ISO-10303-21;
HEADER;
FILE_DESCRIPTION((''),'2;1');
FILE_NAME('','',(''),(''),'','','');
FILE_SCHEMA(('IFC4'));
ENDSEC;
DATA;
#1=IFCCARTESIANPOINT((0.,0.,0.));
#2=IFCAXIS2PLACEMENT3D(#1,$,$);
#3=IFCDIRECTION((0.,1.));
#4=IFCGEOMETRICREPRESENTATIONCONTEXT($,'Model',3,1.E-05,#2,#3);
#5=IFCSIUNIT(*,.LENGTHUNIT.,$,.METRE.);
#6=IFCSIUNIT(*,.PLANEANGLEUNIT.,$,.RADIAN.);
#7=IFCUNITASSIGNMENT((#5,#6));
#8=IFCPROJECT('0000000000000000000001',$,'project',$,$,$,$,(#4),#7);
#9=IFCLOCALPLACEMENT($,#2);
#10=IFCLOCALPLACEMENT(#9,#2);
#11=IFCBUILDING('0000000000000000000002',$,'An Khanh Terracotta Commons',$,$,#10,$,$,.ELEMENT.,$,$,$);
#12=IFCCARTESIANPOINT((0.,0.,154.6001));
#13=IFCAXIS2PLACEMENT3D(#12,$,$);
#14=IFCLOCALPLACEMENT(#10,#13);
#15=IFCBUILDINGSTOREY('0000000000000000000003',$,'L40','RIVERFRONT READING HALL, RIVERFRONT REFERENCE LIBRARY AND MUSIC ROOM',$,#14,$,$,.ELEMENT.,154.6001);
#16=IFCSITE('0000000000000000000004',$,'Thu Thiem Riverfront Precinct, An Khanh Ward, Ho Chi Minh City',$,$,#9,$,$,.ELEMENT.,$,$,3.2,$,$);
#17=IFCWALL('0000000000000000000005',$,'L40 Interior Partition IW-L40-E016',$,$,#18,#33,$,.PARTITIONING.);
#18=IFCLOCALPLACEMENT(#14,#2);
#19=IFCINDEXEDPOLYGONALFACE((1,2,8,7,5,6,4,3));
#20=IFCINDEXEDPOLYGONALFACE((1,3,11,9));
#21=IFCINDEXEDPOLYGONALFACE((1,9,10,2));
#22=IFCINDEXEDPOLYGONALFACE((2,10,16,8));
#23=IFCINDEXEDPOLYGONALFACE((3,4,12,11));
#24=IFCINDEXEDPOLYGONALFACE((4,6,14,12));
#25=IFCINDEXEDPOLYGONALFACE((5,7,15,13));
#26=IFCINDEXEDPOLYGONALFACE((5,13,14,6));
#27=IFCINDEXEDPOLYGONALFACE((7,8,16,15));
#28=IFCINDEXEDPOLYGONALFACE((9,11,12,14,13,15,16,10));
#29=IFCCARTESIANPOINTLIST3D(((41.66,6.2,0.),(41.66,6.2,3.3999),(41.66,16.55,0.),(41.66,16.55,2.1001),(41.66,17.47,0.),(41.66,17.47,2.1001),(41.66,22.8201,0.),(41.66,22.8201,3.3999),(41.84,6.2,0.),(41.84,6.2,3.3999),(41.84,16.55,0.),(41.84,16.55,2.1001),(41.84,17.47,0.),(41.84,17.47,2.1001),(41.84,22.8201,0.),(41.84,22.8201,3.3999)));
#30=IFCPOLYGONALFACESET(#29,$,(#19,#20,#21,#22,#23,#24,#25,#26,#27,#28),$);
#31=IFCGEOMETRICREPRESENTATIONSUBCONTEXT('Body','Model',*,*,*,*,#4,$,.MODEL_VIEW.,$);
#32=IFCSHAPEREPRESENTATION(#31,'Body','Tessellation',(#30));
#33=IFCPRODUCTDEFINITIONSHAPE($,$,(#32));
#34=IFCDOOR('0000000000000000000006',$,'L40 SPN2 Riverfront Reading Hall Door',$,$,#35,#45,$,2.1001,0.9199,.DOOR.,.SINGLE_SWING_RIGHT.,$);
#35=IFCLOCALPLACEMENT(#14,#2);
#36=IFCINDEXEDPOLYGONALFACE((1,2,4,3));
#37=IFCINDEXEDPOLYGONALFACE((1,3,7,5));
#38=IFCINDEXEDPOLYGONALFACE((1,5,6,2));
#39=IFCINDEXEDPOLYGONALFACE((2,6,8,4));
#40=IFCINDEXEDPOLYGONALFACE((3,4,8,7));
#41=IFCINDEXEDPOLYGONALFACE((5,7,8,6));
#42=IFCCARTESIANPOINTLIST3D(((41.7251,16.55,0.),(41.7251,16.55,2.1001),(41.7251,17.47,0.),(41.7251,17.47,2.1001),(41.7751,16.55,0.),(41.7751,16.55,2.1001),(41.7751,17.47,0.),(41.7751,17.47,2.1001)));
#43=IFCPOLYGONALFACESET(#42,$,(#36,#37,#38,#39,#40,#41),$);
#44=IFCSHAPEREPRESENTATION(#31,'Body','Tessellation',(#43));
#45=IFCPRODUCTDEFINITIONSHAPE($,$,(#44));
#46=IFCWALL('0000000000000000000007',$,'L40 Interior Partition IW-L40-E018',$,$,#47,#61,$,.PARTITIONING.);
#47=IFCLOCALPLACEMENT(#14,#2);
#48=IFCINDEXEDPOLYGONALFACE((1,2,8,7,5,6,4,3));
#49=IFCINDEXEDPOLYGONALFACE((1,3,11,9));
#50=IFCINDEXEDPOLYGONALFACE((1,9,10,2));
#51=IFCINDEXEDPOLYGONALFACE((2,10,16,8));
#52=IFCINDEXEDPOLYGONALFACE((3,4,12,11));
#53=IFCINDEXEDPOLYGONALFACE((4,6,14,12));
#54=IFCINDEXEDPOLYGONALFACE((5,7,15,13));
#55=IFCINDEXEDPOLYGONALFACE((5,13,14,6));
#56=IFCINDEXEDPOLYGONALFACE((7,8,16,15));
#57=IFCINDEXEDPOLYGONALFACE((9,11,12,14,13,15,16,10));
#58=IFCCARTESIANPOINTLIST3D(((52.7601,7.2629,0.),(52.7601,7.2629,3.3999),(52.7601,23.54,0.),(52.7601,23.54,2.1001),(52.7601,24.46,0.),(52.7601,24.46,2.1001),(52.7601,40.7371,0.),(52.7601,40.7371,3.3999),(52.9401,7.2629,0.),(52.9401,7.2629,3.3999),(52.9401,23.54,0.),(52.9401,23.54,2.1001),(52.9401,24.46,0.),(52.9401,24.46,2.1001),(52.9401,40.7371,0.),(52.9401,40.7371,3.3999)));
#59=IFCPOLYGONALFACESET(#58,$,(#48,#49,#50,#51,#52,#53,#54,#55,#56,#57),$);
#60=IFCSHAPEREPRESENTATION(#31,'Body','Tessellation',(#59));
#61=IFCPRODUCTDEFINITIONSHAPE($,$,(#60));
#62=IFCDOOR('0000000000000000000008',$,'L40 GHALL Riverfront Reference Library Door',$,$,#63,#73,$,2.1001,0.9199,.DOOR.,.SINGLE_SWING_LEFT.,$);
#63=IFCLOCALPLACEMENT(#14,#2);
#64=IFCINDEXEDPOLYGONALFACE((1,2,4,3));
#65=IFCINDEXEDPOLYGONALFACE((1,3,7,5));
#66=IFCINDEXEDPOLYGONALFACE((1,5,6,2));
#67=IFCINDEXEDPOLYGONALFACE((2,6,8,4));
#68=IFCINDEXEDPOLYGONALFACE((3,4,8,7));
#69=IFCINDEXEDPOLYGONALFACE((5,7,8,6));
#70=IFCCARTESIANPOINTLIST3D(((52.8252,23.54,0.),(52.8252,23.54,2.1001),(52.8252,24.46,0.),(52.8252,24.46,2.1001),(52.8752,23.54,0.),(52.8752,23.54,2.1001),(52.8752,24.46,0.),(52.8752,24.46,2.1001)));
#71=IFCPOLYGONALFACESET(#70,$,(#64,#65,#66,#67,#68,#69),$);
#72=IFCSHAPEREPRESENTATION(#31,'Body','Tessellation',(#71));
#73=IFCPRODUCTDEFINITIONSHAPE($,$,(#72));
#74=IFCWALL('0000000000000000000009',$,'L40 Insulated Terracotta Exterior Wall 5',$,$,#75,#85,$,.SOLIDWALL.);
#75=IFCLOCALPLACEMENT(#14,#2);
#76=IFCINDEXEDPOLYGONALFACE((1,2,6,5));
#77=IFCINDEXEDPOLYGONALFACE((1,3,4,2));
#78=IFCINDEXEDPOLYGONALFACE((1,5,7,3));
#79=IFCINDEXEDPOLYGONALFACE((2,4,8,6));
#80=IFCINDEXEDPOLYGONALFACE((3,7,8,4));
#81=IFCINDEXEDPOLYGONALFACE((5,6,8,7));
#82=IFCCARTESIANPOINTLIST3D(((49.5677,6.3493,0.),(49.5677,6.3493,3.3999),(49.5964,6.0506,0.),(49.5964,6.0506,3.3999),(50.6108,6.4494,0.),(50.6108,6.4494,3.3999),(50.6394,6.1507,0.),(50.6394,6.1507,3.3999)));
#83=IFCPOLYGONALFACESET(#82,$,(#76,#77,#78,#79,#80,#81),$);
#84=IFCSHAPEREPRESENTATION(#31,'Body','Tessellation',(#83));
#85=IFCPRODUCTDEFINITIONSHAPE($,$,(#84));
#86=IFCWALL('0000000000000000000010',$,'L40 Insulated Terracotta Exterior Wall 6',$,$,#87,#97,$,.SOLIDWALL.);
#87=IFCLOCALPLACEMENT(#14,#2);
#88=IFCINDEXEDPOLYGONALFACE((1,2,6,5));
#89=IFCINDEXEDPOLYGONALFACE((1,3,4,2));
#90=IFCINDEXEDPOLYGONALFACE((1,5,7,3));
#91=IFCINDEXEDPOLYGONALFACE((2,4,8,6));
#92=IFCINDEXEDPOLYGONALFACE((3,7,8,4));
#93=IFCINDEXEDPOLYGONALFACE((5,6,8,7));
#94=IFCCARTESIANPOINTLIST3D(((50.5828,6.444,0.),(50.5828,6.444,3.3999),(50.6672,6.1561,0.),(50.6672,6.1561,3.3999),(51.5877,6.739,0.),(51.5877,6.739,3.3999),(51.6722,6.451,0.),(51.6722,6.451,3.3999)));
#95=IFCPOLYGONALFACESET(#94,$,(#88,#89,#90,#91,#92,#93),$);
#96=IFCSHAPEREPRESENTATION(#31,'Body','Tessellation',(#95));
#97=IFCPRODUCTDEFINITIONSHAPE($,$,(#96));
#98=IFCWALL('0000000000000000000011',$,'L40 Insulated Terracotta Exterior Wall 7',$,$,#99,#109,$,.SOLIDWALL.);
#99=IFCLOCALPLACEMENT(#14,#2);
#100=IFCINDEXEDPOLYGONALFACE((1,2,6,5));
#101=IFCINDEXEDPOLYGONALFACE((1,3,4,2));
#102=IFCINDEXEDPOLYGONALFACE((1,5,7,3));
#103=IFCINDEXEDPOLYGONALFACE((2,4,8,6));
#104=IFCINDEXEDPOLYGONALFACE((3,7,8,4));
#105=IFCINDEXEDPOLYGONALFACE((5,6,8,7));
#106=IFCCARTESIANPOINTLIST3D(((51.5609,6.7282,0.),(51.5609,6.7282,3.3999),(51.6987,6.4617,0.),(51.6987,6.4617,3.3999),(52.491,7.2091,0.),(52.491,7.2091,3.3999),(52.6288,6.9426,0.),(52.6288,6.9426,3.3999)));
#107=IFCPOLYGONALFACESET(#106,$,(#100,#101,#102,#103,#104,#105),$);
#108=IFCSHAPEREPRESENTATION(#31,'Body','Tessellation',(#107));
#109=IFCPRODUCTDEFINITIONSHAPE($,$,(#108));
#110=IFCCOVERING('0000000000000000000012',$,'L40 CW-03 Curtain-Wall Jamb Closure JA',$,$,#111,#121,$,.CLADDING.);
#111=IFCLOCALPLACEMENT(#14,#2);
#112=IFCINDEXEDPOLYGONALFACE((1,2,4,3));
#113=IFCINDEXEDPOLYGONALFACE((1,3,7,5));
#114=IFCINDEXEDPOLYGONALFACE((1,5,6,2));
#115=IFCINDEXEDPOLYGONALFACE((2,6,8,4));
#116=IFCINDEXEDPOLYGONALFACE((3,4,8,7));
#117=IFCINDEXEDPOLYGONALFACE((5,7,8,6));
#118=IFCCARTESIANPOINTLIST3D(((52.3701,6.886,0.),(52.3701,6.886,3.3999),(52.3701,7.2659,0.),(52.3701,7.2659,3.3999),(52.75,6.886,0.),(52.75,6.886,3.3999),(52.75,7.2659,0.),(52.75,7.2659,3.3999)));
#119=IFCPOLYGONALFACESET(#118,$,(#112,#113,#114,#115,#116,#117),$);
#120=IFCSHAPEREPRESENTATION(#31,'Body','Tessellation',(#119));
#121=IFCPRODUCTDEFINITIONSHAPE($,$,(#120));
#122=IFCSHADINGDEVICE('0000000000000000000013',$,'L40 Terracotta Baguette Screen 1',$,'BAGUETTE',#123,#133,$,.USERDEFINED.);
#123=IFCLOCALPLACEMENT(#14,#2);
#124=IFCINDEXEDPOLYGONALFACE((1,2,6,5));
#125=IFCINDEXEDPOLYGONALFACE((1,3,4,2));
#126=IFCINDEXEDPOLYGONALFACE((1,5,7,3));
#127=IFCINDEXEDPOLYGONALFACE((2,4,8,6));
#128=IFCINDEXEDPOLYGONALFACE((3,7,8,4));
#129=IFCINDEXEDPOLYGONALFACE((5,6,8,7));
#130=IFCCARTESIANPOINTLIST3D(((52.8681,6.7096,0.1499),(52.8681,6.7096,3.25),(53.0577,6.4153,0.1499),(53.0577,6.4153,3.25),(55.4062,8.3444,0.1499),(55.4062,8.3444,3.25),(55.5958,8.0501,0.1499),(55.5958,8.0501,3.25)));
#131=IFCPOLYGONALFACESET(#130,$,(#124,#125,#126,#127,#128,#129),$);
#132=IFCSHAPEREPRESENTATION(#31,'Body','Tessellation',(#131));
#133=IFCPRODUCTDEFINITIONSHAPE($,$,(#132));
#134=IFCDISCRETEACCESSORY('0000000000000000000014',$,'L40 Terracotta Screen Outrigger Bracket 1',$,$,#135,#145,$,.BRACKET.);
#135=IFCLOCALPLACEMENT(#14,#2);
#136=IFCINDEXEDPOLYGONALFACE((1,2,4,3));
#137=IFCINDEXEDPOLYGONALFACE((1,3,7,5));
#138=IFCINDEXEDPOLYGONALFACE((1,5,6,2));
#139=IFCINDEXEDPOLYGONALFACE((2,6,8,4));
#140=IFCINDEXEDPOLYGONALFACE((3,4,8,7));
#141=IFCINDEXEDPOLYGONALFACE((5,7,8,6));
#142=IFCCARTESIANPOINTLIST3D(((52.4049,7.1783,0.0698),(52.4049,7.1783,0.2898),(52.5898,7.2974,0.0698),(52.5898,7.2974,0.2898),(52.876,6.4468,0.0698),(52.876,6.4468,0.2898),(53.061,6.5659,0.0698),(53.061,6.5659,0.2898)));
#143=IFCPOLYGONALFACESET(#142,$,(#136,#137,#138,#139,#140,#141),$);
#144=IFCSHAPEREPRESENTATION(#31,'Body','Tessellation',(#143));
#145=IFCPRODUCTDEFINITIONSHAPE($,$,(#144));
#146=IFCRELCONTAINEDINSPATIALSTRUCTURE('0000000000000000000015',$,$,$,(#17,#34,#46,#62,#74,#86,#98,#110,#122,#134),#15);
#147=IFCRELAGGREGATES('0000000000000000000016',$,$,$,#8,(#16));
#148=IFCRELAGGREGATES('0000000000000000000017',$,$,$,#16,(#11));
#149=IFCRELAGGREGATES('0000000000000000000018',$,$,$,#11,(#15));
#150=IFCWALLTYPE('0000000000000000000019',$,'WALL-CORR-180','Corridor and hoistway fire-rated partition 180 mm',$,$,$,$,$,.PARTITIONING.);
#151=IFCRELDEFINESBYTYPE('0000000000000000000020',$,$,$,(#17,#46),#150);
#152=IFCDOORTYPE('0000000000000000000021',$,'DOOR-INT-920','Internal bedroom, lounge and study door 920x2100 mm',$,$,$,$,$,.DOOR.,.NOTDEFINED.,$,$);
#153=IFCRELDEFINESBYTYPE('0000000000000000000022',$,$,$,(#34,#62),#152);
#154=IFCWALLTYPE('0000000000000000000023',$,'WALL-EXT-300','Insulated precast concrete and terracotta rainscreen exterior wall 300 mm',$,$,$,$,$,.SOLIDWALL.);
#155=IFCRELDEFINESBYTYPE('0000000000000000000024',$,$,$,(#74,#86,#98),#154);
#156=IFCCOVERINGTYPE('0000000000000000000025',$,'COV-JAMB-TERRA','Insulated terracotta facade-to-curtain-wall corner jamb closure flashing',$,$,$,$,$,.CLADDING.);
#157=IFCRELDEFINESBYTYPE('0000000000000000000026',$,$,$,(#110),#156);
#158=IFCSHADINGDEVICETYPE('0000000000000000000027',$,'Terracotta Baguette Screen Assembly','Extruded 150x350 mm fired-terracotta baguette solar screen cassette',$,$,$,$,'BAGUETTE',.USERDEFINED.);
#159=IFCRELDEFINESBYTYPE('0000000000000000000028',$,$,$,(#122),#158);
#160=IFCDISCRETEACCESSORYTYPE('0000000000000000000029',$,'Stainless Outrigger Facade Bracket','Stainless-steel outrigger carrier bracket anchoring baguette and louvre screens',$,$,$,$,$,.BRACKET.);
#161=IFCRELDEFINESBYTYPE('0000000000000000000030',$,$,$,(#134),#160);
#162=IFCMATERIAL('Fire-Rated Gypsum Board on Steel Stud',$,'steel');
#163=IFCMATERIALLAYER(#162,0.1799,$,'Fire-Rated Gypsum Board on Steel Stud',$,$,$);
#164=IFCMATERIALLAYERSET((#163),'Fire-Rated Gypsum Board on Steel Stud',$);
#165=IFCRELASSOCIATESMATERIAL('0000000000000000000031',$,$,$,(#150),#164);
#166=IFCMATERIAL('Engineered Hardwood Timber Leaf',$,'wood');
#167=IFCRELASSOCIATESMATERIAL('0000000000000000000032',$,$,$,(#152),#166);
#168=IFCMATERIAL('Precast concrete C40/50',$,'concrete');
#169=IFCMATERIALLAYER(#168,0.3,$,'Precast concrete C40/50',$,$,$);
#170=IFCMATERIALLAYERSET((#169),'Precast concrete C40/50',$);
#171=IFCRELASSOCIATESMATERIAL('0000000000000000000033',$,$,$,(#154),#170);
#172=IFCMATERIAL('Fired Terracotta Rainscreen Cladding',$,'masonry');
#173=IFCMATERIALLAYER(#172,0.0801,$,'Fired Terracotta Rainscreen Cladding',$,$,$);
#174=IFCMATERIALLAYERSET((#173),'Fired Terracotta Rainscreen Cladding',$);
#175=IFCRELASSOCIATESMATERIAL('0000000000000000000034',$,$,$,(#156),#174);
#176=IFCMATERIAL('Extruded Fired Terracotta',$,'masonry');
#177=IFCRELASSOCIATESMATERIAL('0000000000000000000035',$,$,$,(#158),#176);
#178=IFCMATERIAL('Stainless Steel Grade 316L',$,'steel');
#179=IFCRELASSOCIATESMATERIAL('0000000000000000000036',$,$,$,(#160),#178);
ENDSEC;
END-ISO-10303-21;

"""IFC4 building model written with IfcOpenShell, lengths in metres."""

from ifc_helpers import new_model, si_unit, direction, frame, frame_2d, origin, origin_2d, place, context, subcontext, project, spatial, rectangle, extrude, material, layer, layer_set, type_object, element, fill, save


model = new_model("IFC4")

# Units and contexts
model_context = context("Model", 3, precision=1e-05, world=origin(), true_north=direction((0.0, 1.0)))
body_context = subcontext(model_context, "Body", "Model", "MODEL_VIEW")
ifc_project = project(units=[si_unit("LENGTHUNIT", "METRE"), si_unit("PLANEANGLEUNIT", "RADIAN")], contexts=[model_context])

# Site, building, storey
site_placement = place(None, origin())
site = spatial("IfcSite", under=ifc_project, at=site_placement, Name="Thu Thiem Riverfront Precinct, An Khanh Ward, Ho Chi Minh City", CompositionType="ELEMENT", RefElevation=3.2)
building_placement = place(site_placement, origin())
building = spatial("IfcBuilding", under=site, at=building_placement, Name="An Khanh Terracotta Commons", CompositionType="ELEMENT")
storey_placement = place(building_placement, frame((0.0, 0.0, 154.6001)))
storey = spatial("IfcBuildingStorey", under=building, at=storey_placement, Name="L40", Description="RIVERFRONT READING HALL, RIVERFRONT REFERENCE LIBRARY AND MUSIC ROOM", CompositionType="ELEMENT", Elevation=154.6001)

# Shared definitions
ifc_material_1 = material(Name="Fire-Rated Gypsum Board on Steel Stud", Category="steel")
ifc_layer_1 = layer(ifc_material_1, 0.1799, Name="Fire-Rated Gypsum Board on Steel Stud")
ifc_layer_set_1 = layer_set([ifc_layer_1], Name="Fire-Rated Gypsum Board on Steel Stud")
wall_type_1 = type_object("IfcWallType", Name="WALL-CORR-180", Description="Corridor and hoistway fire-rated partition 180 mm", PredefinedType="PARTITIONING", material=ifc_layer_set_1)

# Walls, openings, doors
wall_1_placement = place(storey_placement, frame((41.75, 6.2, 0.0), z_axis=(0.0, 0.0, 1.0), x_axis=(0.0, 1.0, 0.0)))
wall_1 = element("IfcWall", 1, at=wall_1_placement, inside=storey, type_object=wall_type_1, Name="L40 Interior Partition IW-L40-E016", PredefinedType="PARTITIONING", context=body_context, shape_type="SweptSolid", body=[
    extrude(rectangle(XDim=16.6201, YDim=0.1799, at=frame_2d((8.3101, 0.0))), origin(), (0.0, 0.0, 1.0), 3.3999),
])
opening_1_placement = place(wall_1_placement, frame((10.3501, 0.0, 0.0)))
opening_1 = element("IfcOpeningElement", 2, at=opening_1_placement, cuts=wall_1, PredefinedType="OPENING", context=body_context, shape_type="SweptSolid", body=[
    extrude(rectangle(XDim=0.9199, YDim=2.1001, at=frame_2d((0.46, 1.05))), frame((0.0, 0.0999, 0.0), z_axis=(0.0, -1.0, 0.0), x_axis=(1.0, 0.0, 0.0)), (0.0, 0.0, 1.0), 0.2),
])
ifc_material_2 = material(Name="Engineered Hardwood Timber Leaf", Category="wood")
door_type_1 = type_object("IfcDoorType", Name="DOOR-INT-920", Description="Internal bedroom, lounge and study door 920x2100 mm", OperationType="NOTDEFINED", PredefinedType="DOOR", material=ifc_material_2)
door_1_placement = place(opening_1_placement, origin())
door_1 = element("IfcDoor", 3, at=door_1_placement, inside=storey, type_object=door_type_1, Name="L40 SPN2 Riverfront Reading Hall Door", OperationType="SINGLE_SWING_RIGHT", OverallHeight=2.1001, OverallWidth=0.9199, PredefinedType="DOOR", context=body_context, shape_type="SweptSolid", body=[
    extrude(rectangle(XDim=0.9199, YDim=2.1001, at=frame_2d((0.46, 1.05))), frame((0.0, 0.0249, 0.0), z_axis=(0.0, -1.0, 0.0), x_axis=(1.0, 0.0, 0.0)), (0.0, 0.0, 1.0), 0.05),
])
fill(opening_1, door_1)
wall_2_placement = place(storey_placement, frame((52.8501, 7.2629, 0.0), z_axis=(0.0, 0.0, 1.0), x_axis=(0.0, 1.0, 0.0)))
wall_2 = element("IfcWall", 4, at=wall_2_placement, inside=storey, type_object=wall_type_1, Name="L40 Interior Partition IW-L40-E018", PredefinedType="PARTITIONING", context=body_context, shape_type="SweptSolid", body=[
    extrude(rectangle(XDim=33.4741, YDim=0.1799, at=frame_2d((16.7371, 0.0))), origin(), (0.0, 0.0, 1.0), 3.3999),
])
opening_2_placement = place(wall_2_placement, frame((16.2771, 0.0, 0.0)))
opening_2 = element("IfcOpeningElement", 5, at=opening_2_placement, cuts=wall_2, PredefinedType="OPENING", context=body_context, shape_type="SweptSolid", body=[
    extrude(rectangle(XDim=0.9199, YDim=2.1001, at=frame_2d((0.46, 1.05))), frame((0.0, 0.0999, 0.0), z_axis=(0.0, -1.0, 0.0), x_axis=(1.0, 0.0, 0.0)), (0.0, 0.0, 1.0), 0.2),
])
door_2_placement = place(opening_2_placement, origin())
door_2 = element("IfcDoor", 6, at=door_2_placement, inside=storey, type_object=door_type_1, Name="L40 GHALL Riverfront Reference Library Door", OperationType="SINGLE_SWING_LEFT", OverallHeight=2.1001, OverallWidth=0.9199, PredefinedType="DOOR", context=body_context, shape_type="SweptSolid", body=[
    extrude(rectangle(XDim=0.9199, YDim=2.1001, at=frame_2d((0.46, 1.05))), frame((0.0, 0.0249, 0.0), z_axis=(0.0, -1.0, 0.0), x_axis=(1.0, 0.0, 0.0)), (0.0, 0.0, 1.0), 0.05),
])
fill(opening_2, door_2)

# Walls
ifc_material_3 = material(Name="Precast concrete C40/50", Category="concrete")
ifc_layer_2 = layer(ifc_material_3, 0.3, Name="Precast concrete C40/50")
ifc_layer_set_2 = layer_set([ifc_layer_2], Name="Precast concrete C40/50")
wall_type_2 = type_object("IfcWallType", Name="WALL-EXT-300", Description="Insulated precast concrete and terracotta rainscreen exterior wall 300 mm", PredefinedType="SOLIDWALL", material=ifc_layer_set_2)
wall_3_placement = place(storey_placement, frame((49.582, 6.2, 0.0), z_axis=(0.0, 0.0, 1.0), x_axis=(0.995426, 0.095535, 0.0)))
element("IfcWall", 7, at=wall_3_placement, inside=storey, type_object=wall_type_2, Name="L40 Insulated Terracotta Exterior Wall 5", PredefinedType="SOLIDWALL", context=body_context, shape_type="SweptSolid", body=[
    extrude(rectangle(XDim=1.0479, YDim=0.3, at=frame_2d((0.5239, 0.0))), origin(), (0.0, 0.0, 1.0), 3.3999),
])
wall_4_placement = place(storey_placement, frame((50.625, 6.3, 0.0), z_axis=(0.0, 0.0, 1.0), x_axis=(0.959529, 0.281611, 0.0)))
element("IfcWall", 8, at=wall_4_placement, inside=storey, type_object=wall_type_2, Name="L40 Insulated Terracotta Exterior Wall 6", PredefinedType="SOLIDWALL", context=body_context, shape_type="SweptSolid", body=[
    extrude(rectangle(XDim=1.0474, YDim=0.3, at=frame_2d((0.5237, 0.0))), origin(), (0.0, 0.0, 1.0), 3.3999),
])
wall_5_placement = place(storey_placement, frame((51.6299, 6.595, 0.0), z_axis=(0.0, 0.0, 1.0), x_axis=(0.888283, 0.459296, 0.0)))
element("IfcWall", 9, at=wall_5_placement, inside=storey, type_object=wall_type_2, Name="L40 Insulated Terracotta Exterior Wall 7", PredefinedType="SOLIDWALL", context=body_context, shape_type="SweptSolid", body=[
    extrude(rectangle(XDim=1.0471, YDim=0.3, at=frame_2d((0.5234, 0.0))), origin(), (0.0, 0.0, 1.0), 3.3999),
])

# Covering
ifc_material_4 = material(Name="Fired Terracotta Rainscreen Cladding", Category="masonry")
ifc_layer_3 = layer(ifc_material_4, 0.0801, Name="Fired Terracotta Rainscreen Cladding")
ifc_layer_set_3 = layer_set([ifc_layer_3], Name="Fired Terracotta Rainscreen Cladding")
covering_type = type_object("IfcCoveringType", Name="COV-JAMB-TERRA", Description="Insulated terracotta facade-to-curtain-wall corner jamb closure flashing", PredefinedType="CLADDING", material=ifc_layer_set_3)
covering_placement = place(storey_placement, frame((52.5601, 7.0759, 0.0), z_axis=(0.0, 0.0, 1.0), x_axis=(1.0, 0.0, 0.0)))
element("IfcCovering", 10, at=covering_placement, inside=storey, type_object=covering_type, Name="L40 CW-03 Curtain-Wall Jamb Closure JA", PredefinedType="CLADDING", context=body_context, shape_type="SweptSolid", body=[
    extrude(rectangle(XDim=0.3799, YDim=0.3799, at=origin_2d()), origin(), (0.0, 0.0, 1.0), 3.3999),
])

# Shading device
ifc_material_5 = material(Name="Extruded Fired Terracotta", Category="masonry")
shading_device_type = type_object("IfcShadingDeviceType", Name="Terracotta Baguette Screen Assembly", Description="Extruded 150x350 mm fired-terracotta baguette solar screen cassette", ElementType="BAGUETTE", PredefinedType="USERDEFINED", material=ifc_material_5)
shading_device_placement = place(storey_placement, frame((54.2319, 7.3799, 0.1499), z_axis=(0.0, 0.0, 1.0), x_axis=(0.840702, 0.541498, 0.0)))
element("IfcShadingDevice", 11, at=shading_device_placement, inside=storey, type_object=shading_device_type, Name="L40 Terracotta Baguette Screen 1", ObjectType="BAGUETTE", PredefinedType="USERDEFINED", context=body_context, shape_type="SweptSolid", body=[
    extrude(rectangle(XDim=3.019, YDim=0.3501, at=origin_2d()), origin(), (0.0, 0.0, 1.0), 3.1001),
])

# Discrete accessory
ifc_material_6 = material(Name="Stainless Steel Grade 316L", Category="steel")
discrete_accessory_type = type_object("IfcDiscreteAccessoryType", Name="Stainless Outrigger Facade Bracket", Description="Stainless-steel outrigger carrier bracket anchoring baguette and louvre screens", PredefinedType="BRACKET", material=ifc_material_6)
discrete_accessory_placement = place(storey_placement, frame((52.7329, 6.8721, 0.0698), z_axis=(0.0, 0.0, 1.0), x_axis=(0.840702, 0.541498, 0.0)))
element("IfcDiscreteAccessory", 12, at=discrete_accessory_placement, inside=storey, type_object=discrete_accessory_type, Name="L40 Terracotta Screen Outrigger Bracket 1", PredefinedType="BRACKET", context=body_context, shape_type="SweptSolid", body=[
    extrude(rectangle(XDim=0.22, YDim=0.8701, at=origin_2d()), origin(), (0.0, 0.0, 1.0), 0.22),
])

save(model, "model.ifc")
